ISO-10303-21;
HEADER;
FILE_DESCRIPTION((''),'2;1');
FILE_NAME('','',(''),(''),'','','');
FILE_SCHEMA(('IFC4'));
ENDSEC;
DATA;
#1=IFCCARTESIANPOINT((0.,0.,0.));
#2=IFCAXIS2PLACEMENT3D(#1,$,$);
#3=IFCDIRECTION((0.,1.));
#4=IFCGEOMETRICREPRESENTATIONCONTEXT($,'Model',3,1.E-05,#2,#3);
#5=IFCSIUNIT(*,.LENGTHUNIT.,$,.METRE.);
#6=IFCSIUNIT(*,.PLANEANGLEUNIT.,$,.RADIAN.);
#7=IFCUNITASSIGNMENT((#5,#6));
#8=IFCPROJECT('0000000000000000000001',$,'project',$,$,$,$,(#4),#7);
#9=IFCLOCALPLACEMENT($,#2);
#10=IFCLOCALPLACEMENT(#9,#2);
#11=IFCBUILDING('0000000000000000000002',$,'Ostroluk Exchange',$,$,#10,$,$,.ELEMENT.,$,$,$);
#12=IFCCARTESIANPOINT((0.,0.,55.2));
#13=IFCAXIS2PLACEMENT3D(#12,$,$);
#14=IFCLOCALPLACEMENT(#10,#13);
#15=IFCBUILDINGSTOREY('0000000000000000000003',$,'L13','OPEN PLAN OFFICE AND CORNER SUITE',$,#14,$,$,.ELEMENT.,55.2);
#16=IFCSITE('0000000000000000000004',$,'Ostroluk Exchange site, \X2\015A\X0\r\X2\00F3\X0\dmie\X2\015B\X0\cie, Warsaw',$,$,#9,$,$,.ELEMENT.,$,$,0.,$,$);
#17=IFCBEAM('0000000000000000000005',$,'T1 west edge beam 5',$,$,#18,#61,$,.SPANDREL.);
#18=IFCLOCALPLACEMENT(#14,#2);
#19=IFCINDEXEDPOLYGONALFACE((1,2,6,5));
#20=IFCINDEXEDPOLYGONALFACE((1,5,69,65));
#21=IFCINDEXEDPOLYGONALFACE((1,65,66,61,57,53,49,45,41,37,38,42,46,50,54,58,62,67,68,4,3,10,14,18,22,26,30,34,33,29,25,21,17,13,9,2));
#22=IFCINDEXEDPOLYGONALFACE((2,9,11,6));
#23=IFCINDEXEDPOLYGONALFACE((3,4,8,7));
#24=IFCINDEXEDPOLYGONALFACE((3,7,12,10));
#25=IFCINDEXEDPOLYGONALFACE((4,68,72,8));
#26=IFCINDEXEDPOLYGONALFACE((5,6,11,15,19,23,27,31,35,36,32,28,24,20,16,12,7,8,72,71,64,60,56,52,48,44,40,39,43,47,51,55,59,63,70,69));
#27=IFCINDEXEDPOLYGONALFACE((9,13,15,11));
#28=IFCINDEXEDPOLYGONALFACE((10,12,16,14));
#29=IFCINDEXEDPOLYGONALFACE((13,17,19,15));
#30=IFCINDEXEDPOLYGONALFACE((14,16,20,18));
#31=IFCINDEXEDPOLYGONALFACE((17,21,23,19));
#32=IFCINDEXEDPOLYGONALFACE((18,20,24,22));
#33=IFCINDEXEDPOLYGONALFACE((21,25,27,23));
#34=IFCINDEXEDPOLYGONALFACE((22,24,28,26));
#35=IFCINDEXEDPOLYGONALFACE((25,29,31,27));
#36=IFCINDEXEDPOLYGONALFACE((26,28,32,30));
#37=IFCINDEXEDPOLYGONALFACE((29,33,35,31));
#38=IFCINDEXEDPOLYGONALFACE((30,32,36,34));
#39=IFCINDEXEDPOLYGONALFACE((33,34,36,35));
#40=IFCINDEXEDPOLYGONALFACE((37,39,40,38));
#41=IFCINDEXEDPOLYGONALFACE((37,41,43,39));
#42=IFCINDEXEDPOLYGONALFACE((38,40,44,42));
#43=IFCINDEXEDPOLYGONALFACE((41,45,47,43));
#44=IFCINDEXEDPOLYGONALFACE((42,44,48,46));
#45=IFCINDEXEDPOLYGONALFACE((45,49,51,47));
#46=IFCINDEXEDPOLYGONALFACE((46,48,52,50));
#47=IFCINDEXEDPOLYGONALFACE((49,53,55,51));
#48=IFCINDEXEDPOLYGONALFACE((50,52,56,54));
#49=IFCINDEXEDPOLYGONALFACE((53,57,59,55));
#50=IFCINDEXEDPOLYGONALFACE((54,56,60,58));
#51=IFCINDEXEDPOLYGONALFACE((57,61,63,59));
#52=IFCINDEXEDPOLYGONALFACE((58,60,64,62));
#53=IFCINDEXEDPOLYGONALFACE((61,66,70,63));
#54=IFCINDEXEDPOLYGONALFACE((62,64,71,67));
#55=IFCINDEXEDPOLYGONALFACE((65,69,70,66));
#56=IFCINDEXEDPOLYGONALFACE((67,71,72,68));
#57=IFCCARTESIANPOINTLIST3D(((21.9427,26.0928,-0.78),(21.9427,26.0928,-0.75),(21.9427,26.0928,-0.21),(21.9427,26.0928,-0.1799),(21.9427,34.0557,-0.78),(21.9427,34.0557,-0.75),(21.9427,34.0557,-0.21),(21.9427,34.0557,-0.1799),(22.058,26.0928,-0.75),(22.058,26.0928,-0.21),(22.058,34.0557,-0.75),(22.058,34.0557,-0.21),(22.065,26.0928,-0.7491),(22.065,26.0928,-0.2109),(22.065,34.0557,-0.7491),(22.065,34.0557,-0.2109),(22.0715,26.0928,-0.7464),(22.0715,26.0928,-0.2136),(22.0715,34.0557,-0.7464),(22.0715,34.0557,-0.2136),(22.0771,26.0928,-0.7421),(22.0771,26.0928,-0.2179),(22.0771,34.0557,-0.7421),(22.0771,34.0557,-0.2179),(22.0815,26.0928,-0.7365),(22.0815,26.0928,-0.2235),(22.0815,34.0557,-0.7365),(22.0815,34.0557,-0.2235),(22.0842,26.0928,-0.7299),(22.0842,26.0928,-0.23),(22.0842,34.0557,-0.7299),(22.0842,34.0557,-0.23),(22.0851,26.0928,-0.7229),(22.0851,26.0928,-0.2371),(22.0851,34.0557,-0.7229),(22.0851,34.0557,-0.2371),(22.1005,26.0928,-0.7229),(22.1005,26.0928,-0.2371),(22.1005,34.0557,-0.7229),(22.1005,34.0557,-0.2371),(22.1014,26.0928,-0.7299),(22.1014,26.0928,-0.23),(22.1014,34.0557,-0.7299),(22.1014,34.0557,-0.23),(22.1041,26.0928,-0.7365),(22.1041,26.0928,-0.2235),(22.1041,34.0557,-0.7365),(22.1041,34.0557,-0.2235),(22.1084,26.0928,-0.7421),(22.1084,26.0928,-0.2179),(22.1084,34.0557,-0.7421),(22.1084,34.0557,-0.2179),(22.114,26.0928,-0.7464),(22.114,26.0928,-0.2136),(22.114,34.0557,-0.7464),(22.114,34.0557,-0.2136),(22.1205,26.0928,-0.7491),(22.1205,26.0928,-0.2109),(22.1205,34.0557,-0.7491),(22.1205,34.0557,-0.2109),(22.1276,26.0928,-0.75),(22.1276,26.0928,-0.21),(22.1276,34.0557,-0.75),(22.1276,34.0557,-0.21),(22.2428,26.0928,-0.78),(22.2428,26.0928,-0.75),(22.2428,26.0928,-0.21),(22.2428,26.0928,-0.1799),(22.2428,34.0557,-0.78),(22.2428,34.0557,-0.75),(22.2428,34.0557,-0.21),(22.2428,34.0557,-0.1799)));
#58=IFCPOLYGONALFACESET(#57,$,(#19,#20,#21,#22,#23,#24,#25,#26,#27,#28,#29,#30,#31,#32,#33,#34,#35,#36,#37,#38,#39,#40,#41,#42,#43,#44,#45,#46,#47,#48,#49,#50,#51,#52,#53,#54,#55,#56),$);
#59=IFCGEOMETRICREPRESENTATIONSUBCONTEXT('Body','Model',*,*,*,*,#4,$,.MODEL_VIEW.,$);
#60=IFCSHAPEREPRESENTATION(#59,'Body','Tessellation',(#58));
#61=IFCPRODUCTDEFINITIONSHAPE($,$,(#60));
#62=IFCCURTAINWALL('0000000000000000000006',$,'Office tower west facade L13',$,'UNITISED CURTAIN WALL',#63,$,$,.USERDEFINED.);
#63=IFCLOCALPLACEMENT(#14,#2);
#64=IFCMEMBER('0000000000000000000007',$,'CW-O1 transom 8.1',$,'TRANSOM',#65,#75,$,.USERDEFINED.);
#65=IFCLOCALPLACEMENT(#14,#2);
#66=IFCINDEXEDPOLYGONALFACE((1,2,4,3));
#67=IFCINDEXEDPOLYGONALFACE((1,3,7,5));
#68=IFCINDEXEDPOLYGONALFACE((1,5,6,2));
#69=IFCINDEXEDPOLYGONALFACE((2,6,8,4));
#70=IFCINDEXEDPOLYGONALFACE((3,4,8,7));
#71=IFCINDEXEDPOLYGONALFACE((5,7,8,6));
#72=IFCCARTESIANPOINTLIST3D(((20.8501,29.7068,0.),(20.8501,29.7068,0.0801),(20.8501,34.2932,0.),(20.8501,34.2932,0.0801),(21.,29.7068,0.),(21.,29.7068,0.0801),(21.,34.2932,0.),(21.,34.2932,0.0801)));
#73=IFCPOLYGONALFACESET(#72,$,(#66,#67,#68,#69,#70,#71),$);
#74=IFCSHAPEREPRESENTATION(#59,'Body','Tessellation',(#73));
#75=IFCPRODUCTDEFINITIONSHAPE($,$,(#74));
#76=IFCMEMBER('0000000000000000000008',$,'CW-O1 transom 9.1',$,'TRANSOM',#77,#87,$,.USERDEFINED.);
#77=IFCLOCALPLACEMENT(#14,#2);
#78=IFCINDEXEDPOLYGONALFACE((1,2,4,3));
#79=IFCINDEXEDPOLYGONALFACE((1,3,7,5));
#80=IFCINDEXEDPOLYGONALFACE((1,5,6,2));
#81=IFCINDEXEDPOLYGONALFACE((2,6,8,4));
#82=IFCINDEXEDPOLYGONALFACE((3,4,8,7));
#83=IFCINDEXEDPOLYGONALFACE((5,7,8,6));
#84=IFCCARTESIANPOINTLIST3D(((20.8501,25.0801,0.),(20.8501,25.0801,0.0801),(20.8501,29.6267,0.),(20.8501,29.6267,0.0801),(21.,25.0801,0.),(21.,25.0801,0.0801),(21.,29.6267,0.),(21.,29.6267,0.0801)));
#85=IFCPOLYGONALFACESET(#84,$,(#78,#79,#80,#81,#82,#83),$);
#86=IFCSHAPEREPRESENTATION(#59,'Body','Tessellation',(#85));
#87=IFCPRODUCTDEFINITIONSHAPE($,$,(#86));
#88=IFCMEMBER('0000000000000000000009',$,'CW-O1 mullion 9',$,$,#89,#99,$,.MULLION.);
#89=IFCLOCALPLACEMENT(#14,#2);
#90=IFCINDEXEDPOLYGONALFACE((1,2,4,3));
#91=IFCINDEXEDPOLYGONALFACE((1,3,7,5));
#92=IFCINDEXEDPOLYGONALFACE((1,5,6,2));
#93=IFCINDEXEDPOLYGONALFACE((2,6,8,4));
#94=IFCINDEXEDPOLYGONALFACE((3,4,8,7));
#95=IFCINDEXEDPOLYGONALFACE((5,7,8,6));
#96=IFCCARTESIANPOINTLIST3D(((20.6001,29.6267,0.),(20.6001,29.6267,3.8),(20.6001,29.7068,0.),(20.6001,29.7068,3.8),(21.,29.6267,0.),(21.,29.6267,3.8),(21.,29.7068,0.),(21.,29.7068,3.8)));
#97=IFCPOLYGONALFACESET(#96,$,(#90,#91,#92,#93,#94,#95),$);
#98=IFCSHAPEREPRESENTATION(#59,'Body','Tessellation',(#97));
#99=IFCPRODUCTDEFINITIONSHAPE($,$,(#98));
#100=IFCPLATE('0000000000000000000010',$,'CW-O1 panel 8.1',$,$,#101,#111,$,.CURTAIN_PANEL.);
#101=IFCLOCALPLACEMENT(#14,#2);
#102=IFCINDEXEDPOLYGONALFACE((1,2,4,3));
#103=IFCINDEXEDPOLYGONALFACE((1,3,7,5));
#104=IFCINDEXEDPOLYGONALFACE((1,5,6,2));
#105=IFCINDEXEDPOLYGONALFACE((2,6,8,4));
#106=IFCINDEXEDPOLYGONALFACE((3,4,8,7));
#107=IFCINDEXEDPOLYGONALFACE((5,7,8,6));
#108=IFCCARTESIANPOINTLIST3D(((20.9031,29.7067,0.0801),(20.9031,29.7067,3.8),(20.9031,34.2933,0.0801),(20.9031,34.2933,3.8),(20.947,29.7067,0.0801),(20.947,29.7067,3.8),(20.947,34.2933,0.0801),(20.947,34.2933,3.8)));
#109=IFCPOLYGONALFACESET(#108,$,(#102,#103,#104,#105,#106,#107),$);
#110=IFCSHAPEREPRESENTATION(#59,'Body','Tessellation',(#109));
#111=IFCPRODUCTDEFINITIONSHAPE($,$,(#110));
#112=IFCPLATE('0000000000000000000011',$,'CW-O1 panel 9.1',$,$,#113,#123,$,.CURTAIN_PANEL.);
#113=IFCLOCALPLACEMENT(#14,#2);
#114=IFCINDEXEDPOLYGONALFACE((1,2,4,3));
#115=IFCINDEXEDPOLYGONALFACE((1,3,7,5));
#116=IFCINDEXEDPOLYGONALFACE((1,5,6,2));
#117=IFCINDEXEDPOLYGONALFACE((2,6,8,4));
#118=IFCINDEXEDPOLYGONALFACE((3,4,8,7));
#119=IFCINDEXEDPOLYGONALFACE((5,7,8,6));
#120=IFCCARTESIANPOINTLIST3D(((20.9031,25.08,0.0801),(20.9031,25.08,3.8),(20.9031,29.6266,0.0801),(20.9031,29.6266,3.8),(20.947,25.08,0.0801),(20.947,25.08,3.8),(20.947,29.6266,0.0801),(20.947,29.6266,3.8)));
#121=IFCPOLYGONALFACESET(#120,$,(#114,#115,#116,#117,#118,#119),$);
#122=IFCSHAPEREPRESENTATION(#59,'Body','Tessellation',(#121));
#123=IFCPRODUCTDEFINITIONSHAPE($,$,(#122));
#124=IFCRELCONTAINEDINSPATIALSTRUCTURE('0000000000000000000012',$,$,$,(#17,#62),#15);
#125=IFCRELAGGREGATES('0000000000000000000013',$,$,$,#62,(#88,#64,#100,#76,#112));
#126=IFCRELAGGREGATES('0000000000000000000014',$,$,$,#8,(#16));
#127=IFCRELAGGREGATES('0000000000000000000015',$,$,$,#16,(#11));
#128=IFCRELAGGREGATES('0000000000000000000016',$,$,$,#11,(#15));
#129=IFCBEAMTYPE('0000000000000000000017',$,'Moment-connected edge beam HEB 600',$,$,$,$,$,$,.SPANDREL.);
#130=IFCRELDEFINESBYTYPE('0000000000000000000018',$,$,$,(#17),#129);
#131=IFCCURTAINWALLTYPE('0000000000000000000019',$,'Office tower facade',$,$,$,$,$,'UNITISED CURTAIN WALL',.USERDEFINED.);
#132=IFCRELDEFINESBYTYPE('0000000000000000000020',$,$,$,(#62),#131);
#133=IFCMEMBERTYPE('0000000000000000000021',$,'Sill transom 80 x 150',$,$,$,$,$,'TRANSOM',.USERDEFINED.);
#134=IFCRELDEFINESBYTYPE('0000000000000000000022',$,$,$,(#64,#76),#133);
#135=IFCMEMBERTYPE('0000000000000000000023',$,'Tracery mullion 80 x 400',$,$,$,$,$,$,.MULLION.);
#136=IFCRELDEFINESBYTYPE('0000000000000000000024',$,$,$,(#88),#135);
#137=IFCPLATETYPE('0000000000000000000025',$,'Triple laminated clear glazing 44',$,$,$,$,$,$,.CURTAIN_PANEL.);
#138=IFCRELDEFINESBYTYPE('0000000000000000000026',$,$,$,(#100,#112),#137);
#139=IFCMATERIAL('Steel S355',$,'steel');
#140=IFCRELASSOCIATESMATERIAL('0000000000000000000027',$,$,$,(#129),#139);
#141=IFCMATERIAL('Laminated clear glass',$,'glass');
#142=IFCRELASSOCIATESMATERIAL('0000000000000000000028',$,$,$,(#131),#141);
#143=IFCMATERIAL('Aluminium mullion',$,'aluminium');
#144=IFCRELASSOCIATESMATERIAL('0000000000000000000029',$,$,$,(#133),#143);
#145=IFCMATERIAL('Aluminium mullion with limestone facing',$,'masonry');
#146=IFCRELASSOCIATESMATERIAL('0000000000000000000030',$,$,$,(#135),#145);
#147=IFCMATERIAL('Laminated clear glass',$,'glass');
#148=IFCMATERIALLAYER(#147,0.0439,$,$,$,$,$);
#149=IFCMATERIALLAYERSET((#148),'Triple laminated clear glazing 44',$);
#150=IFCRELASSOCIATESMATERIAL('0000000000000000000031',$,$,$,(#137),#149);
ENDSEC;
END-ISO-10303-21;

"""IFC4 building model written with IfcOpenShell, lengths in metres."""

from ifc_helpers import new_model, si_unit, direction, frame, origin, origin_2d, place, context, subcontext, project, spatial, rectangle, i_section, extrude, material, layer, layer_set, material_profile, profile_set, type_object, element, aggregate, save


model = new_model("IFC4")

# Units and contexts
model_context = context("Model", 3, precision=1e-05, world=origin(), true_north=direction((0.0, 1.0)))
body_context = subcontext(model_context, "Body", "Model", "MODEL_VIEW")
ifc_project = project(units=[si_unit("LENGTHUNIT", "METRE"), si_unit("PLANEANGLEUNIT", "RADIAN")], contexts=[model_context])

# Site, building, storey
site_placement = place(None, origin())
site = spatial("IfcSite", under=ifc_project, at=site_placement, Name="Ostroluk Exchange site, Śródmieście, Warsaw", CompositionType="ELEMENT", RefElevation=0.0)
building_placement = place(site_placement, origin())
building = spatial("IfcBuilding", under=site, at=building_placement, Name="Ostroluk Exchange", CompositionType="ELEMENT")
storey_placement = place(building_placement, frame((0.0, 0.0, 55.2)))
storey = spatial("IfcBuildingStorey", under=building, at=storey_placement, Name="L13", Description="OPEN PLAN OFFICE AND CORNER SUITE", CompositionType="ELEMENT", Elevation=55.2)

# Beam
ifc_material_1 = material(Name="Steel S355", Category="steel")
ifc_material_profile_1 = material_profile(ifc_material_1, i_section(OverallWidth=0.3, OverallDepth=0.6001, WebThickness=0.0154, FlangeThickness=0.03, FilletRadius=0.0271, at=origin_2d()), Name="HEB 600")
ifc_profile_set_1 = profile_set([ifc_material_profile_1], Name="Steel S355")
beam_type_1 = type_object("IfcBeamType", Name="Moment-connected edge beam HEB 600", PredefinedType="SPANDREL", material=ifc_profile_set_1)
beam_1_placement = place(storey_placement, frame((22.0928, 34.0557, -0.48), z_axis=(0.0, -1.0, 0.0), x_axis=(1.0, 0.0, 0.0)))
element("IfcBeam", 1, at=beam_1_placement, inside=storey, type_object=beam_type_1, Name="T1 west edge beam 5", PredefinedType="SPANDREL", context=body_context, shape_type="SweptSolid", body=[
    extrude(i_section(OverallWidth=0.3, OverallDepth=0.6001, WebThickness=0.0154, FlangeThickness=0.03, FilletRadius=0.0271, at=origin_2d()), origin(), (0.0, 0.0, 1.0), 7.9629),
])

# Curtain wall, members, plates
ifc_material_2 = material(Name="Laminated clear glass", Category="glass")
curtain_wall_type = type_object("IfcCurtainWallType", Name="Office tower facade", ElementType="UNITISED CURTAIN WALL", PredefinedType="USERDEFINED", material=ifc_material_2)
curtain_wall_placement = place(storey_placement, origin())
curtain_wall = element("IfcCurtainWall", 2, at=curtain_wall_placement, inside=storey, type_object=curtain_wall_type, Name="Office tower west facade L13", ObjectType="UNITISED CURTAIN WALL", PredefinedType="USERDEFINED")
ifc_material_3 = material(Name="Aluminium mullion", Category="aluminium")
ifc_material_profile_2 = material_profile(ifc_material_3, rectangle(XDim=0.1499, YDim=0.0801, at=origin_2d()), Name="Sill transom 80 x 150")
ifc_profile_set_2 = profile_set([ifc_material_profile_2], Name="Aluminium mullion")
member_type_1 = type_object("IfcMemberType", Name="Sill transom 80 x 150", ElementType="TRANSOM", PredefinedType="USERDEFINED", material=ifc_profile_set_2)
member_1_placement = place(storey_placement, frame((20.925, 34.2932, 0.04), z_axis=(0.0, -1.0, 0.0), x_axis=(1.0, 0.0, 0.0)))
member_1 = element("IfcMember", 3, at=member_1_placement, type_object=member_type_1, Name="CW-O1 transom 8.1", ObjectType="TRANSOM", PredefinedType="USERDEFINED", context=body_context, shape_type="SweptSolid", body=[
    extrude(rectangle(XDim=0.1499, YDim=0.0801, at=origin_2d()), origin(), (0.0, 0.0, 1.0), 4.5864),
])
member_2_placement = place(storey_placement, frame((20.925, 29.6267, 0.04), z_axis=(0.0, -1.0, 0.0), x_axis=(1.0, 0.0, 0.0)))
member_2 = element("IfcMember", 4, at=member_2_placement, type_object=member_type_1, Name="CW-O1 transom 9.1", ObjectType="TRANSOM", PredefinedType="USERDEFINED", context=body_context, shape_type="SweptSolid", body=[
    extrude(rectangle(XDim=0.1499, YDim=0.0801, at=origin_2d()), origin(), (0.0, 0.0, 1.0), 4.5466),
])
ifc_material_4 = material(Name="Aluminium mullion with limestone facing", Category="masonry")
ifc_material_profile_3 = material_profile(ifc_material_4, rectangle(XDim=0.3999, YDim=0.0801, at=origin_2d()), Name="Tracery mullion 80 x 400")
ifc_profile_set_3 = profile_set([ifc_material_profile_3], Name="Aluminium mullion with limestone facing")
member_type_2 = type_object("IfcMemberType", Name="Tracery mullion 80 x 400", PredefinedType="MULLION", material=ifc_profile_set_3)
member_3_placement = place(storey_placement, frame((20.8, 29.6667, 0.0), z_axis=(0.0, 0.0, 1.0), x_axis=(1.0, 0.0, 0.0)))
member_3 = element("IfcMember", 5, at=member_3_placement, type_object=member_type_2, Name="CW-O1 mullion 9", PredefinedType="MULLION", context=body_context, shape_type="SweptSolid", body=[
    extrude(rectangle(XDim=0.3999, YDim=0.0801, at=origin_2d()), origin(), (0.0, 0.0, 1.0), 3.8),
])
ifc_material_5 = material(Name="Laminated clear glass", Category="glass")
ifc_layer = layer(ifc_material_5, 0.0439)
ifc_layer_set = layer_set([ifc_layer], Name="Triple laminated clear glazing 44")
plate_type = type_object("IfcPlateType", Name="Triple laminated clear glazing 44", PredefinedType="CURTAIN_PANEL", material=ifc_layer_set)
plate_1_placement = place(storey_placement, frame((20.925, 32.0, 0.0801), z_axis=(0.0, 0.0, 1.0), x_axis=(0.0, -1.0, 0.0)))
plate_1 = element("IfcPlate", 6, at=plate_1_placement, type_object=plate_type, Name="CW-O1 panel 8.1", PredefinedType="CURTAIN_PANEL", context=body_context, shape_type="SweptSolid", body=[
    extrude(rectangle(XDim=4.5867, YDim=0.0439, at=origin_2d()), origin(), (0.0, 0.0, 1.0), 3.72),
])
plate_2_placement = place(storey_placement, frame((20.925, 27.3533, 0.0801), z_axis=(0.0, 0.0, 1.0), x_axis=(0.0, -1.0, 0.0)))
plate_2 = element("IfcPlate", 7, at=plate_2_placement, type_object=plate_type, Name="CW-O1 panel 9.1", PredefinedType="CURTAIN_PANEL", context=body_context, shape_type="SweptSolid", body=[
    extrude(rectangle(XDim=4.5466, YDim=0.0439, at=origin_2d()), origin(), (0.0, 0.0, 1.0), 3.72),
])
aggregate(curtain_wall, [member_3, member_1, plate_1, member_2, plate_2])

save(model, "model.ifc")
